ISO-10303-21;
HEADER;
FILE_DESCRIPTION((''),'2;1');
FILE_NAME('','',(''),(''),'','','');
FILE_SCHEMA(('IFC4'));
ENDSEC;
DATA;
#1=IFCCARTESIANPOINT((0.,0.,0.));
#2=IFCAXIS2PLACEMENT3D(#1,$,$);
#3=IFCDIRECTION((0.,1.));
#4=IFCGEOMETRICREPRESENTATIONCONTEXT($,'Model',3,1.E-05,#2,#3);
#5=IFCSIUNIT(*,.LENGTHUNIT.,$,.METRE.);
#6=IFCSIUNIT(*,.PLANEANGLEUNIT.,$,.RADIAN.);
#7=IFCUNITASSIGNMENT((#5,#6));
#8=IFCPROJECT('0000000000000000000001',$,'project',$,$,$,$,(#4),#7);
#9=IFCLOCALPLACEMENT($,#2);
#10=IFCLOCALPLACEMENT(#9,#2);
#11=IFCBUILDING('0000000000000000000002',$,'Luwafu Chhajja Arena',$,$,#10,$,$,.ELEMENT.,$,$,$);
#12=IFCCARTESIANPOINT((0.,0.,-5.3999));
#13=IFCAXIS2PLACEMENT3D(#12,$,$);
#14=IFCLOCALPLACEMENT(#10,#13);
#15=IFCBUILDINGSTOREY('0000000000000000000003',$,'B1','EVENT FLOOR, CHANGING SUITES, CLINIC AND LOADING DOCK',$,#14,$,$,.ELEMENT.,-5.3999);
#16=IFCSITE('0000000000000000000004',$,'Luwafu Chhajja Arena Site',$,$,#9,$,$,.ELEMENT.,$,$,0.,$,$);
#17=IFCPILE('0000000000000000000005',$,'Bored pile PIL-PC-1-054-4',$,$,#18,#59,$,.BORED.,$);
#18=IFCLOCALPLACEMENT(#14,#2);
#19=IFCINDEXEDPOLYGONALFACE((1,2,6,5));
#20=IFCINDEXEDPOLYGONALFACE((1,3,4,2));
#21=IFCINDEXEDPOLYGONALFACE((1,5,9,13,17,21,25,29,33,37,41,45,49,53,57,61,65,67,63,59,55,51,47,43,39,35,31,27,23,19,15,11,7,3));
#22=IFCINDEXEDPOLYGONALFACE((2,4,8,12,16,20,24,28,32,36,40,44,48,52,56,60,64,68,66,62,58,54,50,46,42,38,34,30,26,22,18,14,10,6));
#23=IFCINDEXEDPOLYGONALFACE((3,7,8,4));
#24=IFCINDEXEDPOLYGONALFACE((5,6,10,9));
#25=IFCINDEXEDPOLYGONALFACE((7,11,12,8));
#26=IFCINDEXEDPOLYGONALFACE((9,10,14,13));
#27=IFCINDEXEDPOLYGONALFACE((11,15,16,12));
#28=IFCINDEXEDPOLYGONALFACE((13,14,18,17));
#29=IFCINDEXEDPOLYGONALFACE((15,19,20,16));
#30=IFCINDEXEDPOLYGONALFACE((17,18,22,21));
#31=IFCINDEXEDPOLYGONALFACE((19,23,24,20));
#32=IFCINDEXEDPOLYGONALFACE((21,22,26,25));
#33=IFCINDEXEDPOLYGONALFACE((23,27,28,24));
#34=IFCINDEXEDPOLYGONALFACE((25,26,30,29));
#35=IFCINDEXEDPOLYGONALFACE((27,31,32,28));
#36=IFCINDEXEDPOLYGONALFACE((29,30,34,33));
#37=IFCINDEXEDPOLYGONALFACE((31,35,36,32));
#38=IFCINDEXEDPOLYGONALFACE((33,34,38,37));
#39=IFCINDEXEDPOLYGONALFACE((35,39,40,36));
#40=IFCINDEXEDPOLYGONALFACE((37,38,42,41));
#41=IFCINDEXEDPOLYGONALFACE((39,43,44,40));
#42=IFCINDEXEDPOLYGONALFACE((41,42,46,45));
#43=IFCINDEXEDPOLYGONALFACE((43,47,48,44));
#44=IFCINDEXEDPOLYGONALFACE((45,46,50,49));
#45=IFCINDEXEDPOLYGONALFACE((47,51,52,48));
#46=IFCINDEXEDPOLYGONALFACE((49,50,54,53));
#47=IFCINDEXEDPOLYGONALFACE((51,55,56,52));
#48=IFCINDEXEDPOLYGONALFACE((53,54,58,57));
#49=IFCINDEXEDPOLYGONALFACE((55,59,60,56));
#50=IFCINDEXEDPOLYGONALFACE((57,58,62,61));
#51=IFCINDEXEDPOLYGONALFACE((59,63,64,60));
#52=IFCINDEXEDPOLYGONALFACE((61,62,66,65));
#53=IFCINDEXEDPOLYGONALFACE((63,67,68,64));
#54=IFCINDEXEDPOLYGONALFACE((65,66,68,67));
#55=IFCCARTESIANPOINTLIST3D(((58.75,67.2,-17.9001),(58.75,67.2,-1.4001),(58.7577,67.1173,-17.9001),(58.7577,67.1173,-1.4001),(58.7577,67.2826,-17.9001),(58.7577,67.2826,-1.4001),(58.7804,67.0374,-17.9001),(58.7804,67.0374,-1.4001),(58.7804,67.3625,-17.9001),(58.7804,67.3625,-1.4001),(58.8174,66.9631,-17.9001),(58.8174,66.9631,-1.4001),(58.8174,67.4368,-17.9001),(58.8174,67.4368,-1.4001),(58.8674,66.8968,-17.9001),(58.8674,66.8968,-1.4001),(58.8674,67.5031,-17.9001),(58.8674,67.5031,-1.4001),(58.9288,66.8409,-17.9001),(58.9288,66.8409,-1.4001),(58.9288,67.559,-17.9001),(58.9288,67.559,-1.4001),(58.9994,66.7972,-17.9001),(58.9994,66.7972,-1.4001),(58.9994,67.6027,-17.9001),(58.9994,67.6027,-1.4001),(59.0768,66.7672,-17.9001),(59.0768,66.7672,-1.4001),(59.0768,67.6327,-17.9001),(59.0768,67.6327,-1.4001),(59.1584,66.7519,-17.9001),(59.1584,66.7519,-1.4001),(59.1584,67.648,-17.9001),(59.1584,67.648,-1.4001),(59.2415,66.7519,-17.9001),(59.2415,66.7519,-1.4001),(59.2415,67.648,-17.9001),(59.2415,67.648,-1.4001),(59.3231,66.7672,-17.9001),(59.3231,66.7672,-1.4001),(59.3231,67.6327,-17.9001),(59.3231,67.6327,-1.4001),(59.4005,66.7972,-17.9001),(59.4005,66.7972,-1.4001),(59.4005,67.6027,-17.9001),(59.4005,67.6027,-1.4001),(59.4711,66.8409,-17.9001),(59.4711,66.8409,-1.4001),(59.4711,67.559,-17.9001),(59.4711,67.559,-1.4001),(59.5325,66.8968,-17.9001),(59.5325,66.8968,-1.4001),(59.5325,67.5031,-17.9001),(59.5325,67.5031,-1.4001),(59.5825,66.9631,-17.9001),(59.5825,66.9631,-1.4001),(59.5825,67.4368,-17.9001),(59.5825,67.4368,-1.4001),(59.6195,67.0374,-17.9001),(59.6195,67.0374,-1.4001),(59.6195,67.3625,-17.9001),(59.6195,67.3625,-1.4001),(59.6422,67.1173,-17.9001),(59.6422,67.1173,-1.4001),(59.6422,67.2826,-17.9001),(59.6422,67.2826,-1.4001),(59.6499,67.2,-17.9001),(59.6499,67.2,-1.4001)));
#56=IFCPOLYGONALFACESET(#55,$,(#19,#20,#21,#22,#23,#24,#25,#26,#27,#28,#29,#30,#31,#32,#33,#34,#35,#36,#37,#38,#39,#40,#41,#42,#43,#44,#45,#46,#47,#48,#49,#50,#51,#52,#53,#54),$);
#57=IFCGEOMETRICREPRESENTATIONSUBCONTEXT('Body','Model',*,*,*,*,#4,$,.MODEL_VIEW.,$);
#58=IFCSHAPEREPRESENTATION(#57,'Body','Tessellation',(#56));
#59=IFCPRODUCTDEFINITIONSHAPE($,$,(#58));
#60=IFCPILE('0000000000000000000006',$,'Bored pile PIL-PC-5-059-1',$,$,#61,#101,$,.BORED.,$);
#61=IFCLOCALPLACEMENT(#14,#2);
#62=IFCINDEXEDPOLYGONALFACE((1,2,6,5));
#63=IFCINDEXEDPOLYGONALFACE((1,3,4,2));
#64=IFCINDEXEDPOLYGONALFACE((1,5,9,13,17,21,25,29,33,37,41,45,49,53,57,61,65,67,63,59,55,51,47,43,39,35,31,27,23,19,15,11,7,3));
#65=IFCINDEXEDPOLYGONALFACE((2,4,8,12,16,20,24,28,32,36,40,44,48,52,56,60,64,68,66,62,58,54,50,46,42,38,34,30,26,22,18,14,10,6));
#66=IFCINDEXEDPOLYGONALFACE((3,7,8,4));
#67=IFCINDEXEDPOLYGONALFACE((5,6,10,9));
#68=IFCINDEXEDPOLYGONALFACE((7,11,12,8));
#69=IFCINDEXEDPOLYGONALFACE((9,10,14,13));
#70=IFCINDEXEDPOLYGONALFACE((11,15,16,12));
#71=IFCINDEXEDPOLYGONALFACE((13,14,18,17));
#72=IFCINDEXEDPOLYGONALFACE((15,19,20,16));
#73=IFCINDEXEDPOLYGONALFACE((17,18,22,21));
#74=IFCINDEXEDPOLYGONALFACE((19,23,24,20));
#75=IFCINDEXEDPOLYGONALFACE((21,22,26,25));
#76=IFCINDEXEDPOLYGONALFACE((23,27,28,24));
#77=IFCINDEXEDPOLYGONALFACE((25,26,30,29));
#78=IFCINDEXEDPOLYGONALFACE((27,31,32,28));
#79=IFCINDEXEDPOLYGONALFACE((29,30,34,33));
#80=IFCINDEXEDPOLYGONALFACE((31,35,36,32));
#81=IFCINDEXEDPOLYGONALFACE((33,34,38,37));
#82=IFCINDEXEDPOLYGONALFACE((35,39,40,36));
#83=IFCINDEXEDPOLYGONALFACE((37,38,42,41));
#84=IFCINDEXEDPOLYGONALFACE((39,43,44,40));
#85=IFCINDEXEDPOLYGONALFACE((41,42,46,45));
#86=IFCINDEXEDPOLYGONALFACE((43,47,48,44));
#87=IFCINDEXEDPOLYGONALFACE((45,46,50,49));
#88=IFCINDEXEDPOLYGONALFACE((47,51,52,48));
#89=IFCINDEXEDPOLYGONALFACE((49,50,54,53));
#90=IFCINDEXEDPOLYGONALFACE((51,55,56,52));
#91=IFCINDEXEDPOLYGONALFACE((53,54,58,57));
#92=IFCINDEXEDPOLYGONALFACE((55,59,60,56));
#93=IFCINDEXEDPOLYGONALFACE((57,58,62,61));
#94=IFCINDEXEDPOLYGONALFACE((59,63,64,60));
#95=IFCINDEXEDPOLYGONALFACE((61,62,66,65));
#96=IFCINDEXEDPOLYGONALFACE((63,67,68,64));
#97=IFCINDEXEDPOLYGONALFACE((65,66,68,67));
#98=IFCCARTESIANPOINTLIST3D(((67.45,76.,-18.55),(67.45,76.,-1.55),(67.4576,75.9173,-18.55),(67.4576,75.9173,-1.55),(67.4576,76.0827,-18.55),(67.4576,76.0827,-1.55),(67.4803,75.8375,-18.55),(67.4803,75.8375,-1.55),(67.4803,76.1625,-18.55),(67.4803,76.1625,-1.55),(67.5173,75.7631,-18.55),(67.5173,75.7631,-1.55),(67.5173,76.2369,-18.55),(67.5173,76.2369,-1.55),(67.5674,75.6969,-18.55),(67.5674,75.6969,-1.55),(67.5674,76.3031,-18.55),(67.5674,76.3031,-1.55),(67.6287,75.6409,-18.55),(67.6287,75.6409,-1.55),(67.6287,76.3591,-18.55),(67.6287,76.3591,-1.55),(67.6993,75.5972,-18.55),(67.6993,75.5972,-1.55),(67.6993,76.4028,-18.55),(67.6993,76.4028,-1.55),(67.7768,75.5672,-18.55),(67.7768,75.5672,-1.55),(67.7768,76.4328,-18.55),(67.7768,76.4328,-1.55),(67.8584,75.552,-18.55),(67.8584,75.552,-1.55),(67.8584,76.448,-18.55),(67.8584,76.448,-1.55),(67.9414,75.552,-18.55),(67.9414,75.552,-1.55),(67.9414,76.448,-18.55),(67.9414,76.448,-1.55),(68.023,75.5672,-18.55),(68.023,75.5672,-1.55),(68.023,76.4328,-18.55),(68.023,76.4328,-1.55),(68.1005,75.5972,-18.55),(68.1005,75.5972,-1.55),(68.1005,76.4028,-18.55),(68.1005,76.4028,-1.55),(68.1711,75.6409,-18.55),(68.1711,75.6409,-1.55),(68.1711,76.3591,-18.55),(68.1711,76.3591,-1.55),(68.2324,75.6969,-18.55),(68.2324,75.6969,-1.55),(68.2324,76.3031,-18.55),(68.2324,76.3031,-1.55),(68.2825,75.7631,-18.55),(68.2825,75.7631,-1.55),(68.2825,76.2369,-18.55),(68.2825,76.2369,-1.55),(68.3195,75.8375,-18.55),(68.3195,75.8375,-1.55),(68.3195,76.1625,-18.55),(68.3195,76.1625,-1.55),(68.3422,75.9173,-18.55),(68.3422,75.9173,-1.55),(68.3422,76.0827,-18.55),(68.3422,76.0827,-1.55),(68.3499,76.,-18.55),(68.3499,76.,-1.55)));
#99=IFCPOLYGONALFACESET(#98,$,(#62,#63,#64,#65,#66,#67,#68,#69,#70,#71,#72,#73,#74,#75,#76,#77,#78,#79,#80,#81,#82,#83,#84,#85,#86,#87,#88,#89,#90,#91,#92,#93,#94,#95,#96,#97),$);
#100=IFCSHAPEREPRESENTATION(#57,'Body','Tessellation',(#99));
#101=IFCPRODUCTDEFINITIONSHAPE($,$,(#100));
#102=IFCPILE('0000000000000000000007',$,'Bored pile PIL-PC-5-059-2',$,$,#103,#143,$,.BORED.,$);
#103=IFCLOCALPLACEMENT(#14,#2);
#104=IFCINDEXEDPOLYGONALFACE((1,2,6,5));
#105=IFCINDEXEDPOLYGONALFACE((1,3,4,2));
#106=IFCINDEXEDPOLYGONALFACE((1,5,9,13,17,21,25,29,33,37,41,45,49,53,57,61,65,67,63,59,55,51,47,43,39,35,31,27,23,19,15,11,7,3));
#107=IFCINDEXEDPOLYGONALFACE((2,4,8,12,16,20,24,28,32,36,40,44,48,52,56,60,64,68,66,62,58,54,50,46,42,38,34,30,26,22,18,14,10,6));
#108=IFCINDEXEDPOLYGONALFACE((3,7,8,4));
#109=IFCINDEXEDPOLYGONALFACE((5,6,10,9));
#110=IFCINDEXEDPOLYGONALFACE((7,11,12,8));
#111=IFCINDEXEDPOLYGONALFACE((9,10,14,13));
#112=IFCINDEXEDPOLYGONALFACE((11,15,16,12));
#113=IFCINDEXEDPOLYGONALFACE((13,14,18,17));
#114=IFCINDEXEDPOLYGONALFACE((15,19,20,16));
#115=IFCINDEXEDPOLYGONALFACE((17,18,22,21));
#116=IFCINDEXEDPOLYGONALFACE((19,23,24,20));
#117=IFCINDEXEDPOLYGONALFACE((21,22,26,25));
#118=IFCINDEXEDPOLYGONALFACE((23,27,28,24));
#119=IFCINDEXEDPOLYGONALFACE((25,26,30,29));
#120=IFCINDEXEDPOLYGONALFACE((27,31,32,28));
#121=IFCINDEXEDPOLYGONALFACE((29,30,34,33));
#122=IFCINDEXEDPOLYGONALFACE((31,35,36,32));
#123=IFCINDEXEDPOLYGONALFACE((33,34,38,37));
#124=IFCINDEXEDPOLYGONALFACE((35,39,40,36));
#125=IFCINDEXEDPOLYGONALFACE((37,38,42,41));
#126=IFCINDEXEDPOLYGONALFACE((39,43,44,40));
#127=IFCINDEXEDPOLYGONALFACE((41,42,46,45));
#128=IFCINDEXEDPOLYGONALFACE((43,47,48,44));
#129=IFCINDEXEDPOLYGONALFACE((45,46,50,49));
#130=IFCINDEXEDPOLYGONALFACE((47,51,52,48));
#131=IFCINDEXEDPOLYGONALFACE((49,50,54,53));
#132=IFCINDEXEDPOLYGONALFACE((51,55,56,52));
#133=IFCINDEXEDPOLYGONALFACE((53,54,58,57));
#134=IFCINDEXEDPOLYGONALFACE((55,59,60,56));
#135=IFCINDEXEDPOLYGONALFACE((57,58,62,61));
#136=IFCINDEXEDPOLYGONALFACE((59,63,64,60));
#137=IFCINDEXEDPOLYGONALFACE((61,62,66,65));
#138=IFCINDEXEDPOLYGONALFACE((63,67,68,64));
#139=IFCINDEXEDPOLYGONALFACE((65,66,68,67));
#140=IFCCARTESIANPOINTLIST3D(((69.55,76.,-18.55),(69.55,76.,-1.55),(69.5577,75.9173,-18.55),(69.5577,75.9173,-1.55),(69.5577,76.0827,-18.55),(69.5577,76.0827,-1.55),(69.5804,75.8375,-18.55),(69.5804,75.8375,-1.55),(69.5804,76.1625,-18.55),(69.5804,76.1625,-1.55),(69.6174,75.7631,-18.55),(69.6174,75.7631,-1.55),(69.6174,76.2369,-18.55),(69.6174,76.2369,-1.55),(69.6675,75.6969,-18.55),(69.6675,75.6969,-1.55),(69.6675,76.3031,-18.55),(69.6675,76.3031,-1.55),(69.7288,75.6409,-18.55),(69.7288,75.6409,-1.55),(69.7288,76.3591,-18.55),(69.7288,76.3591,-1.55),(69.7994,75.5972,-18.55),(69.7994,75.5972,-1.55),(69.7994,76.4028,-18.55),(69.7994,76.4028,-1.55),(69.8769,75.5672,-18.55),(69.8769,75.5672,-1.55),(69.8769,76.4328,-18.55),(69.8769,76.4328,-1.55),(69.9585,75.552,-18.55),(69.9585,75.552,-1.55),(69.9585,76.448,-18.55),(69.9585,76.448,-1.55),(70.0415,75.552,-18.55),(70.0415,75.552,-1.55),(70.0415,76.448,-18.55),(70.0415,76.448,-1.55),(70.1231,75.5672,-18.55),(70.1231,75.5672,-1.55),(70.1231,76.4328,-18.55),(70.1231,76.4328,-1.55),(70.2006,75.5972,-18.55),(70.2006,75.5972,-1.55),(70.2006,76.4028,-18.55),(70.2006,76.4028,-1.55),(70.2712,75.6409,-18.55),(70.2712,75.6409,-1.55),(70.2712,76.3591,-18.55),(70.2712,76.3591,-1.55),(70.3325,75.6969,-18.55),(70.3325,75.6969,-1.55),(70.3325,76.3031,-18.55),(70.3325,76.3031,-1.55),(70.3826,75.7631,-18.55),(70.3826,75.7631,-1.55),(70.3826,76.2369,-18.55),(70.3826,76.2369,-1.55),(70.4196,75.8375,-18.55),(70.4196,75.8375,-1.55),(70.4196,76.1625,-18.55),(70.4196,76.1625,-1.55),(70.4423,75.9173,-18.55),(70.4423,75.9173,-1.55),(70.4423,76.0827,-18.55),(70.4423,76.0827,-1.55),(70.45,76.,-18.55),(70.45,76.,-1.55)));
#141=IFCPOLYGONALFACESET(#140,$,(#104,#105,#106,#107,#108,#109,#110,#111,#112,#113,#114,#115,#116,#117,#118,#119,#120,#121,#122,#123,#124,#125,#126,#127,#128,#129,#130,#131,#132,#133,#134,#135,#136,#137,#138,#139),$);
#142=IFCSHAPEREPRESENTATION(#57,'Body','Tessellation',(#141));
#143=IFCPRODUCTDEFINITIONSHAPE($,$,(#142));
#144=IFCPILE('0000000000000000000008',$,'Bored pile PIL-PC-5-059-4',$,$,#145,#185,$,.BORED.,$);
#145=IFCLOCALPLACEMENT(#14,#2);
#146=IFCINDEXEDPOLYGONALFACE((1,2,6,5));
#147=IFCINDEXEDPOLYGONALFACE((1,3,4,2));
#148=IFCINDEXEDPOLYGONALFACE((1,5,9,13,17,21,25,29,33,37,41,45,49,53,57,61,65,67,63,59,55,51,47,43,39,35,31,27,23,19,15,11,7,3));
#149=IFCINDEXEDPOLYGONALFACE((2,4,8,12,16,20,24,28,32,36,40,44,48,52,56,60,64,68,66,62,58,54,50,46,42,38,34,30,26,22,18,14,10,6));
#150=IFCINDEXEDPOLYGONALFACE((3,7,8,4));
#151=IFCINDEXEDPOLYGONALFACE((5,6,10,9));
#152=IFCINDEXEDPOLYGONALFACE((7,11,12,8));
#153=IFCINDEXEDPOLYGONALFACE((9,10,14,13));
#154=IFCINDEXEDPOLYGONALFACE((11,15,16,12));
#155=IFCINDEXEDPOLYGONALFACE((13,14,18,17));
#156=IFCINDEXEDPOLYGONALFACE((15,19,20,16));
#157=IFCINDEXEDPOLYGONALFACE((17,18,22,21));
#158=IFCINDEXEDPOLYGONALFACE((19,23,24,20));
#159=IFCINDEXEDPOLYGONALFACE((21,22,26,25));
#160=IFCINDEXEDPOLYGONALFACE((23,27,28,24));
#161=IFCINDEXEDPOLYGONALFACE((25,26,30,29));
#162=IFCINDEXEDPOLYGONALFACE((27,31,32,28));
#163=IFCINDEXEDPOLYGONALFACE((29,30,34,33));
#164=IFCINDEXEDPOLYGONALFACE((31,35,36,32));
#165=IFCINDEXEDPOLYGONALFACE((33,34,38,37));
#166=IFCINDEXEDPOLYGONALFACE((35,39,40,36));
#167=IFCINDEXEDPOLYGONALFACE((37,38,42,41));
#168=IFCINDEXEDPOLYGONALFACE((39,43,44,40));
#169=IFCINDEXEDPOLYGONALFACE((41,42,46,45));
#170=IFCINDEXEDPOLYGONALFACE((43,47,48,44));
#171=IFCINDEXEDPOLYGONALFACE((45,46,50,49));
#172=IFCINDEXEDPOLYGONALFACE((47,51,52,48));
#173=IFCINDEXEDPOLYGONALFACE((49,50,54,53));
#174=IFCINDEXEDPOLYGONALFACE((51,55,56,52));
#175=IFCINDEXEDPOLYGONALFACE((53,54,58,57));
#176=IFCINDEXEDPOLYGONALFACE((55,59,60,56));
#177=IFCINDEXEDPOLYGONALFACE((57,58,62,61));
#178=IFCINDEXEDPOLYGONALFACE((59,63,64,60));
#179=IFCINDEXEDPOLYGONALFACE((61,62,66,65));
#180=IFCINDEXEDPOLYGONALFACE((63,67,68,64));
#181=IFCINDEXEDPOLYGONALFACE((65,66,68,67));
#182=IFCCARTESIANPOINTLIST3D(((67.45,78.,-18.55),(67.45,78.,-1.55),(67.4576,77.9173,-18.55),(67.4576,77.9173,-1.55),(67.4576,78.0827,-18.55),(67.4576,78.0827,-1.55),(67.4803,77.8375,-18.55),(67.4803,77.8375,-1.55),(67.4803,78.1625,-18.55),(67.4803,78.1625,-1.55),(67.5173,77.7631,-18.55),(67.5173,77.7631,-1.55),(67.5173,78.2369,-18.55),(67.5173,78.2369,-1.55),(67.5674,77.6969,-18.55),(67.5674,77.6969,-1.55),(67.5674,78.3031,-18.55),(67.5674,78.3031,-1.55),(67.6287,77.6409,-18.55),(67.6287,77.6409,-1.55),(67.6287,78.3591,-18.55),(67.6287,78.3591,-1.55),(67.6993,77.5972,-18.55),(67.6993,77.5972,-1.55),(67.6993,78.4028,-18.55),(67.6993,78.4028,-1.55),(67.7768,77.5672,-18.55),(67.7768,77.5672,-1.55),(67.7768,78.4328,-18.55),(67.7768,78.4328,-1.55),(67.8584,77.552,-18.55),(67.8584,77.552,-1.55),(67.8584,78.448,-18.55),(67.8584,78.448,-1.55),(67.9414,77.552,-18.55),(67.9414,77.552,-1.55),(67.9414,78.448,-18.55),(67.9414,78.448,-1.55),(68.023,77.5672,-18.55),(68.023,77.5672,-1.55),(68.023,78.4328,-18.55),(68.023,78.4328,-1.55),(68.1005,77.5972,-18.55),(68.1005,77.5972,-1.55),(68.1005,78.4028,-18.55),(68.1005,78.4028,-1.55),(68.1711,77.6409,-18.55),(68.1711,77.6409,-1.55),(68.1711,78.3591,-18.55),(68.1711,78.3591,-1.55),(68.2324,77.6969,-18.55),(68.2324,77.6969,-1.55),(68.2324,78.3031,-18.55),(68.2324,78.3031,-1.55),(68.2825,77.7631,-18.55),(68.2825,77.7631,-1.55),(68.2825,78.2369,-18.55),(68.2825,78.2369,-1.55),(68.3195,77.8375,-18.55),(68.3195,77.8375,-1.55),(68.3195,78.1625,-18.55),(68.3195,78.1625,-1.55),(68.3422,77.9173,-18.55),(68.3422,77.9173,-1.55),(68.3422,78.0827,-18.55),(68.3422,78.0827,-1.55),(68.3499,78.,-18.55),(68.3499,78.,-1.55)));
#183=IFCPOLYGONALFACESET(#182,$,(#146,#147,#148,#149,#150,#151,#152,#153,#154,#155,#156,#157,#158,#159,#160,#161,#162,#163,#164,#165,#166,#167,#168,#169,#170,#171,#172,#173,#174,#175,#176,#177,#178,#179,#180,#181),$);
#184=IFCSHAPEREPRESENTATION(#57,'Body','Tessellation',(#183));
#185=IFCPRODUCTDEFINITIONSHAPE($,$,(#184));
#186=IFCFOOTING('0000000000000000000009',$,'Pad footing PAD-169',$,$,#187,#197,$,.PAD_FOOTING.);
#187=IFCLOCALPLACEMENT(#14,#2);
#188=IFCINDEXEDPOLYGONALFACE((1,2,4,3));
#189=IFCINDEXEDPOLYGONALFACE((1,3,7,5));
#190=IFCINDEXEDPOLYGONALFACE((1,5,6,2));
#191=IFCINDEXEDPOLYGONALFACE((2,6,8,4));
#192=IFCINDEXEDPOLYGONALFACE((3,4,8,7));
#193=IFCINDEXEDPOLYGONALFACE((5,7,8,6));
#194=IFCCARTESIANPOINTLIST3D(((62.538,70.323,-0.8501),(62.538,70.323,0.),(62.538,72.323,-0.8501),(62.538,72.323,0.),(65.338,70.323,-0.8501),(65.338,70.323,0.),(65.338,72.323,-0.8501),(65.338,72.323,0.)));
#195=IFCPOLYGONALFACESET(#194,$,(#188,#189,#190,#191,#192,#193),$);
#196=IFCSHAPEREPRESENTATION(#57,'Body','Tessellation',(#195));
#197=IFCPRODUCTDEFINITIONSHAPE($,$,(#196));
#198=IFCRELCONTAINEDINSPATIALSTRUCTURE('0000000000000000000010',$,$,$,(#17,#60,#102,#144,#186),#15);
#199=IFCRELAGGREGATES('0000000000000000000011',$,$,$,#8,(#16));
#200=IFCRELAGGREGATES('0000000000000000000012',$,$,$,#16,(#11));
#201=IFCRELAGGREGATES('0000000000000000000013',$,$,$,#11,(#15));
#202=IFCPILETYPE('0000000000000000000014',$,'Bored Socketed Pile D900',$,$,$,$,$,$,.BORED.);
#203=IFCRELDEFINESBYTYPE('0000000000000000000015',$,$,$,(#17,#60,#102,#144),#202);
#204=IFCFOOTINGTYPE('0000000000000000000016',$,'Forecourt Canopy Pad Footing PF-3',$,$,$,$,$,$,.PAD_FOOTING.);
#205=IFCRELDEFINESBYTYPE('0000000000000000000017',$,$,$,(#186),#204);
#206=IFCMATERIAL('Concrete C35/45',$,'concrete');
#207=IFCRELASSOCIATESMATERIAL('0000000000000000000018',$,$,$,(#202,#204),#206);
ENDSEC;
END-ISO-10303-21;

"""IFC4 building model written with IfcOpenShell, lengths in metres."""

from ifc_helpers import new_model, si_unit, direction, frame, origin, origin_2d, place, context, subcontext, project, spatial, rectangle, circle, extrude, material, material_profile, profile_set, type_object, element, save


model = new_model("IFC4")

# Units and contexts
model_context = context("Model", 3, precision=1e-05, world=origin(), true_north=direction((0.0, 1.0)))
body_context = subcontext(model_context, "Body", "Model", "MODEL_VIEW")
ifc_project = project(units=[si_unit("LENGTHUNIT", "METRE"), si_unit("PLANEANGLEUNIT", "RADIAN")], contexts=[model_context])

# Site, building, storey
site_placement = place(None, origin())
site = spatial("IfcSite", under=ifc_project, at=site_placement, Name="Luwafu Chhajja Arena Site", CompositionType="ELEMENT", RefElevation=0.0)
building_placement = place(site_placement, origin())
building = spatial("IfcBuilding", under=site, at=building_placement, Name="Luwafu Chhajja Arena", CompositionType="ELEMENT")
storey_placement = place(building_placement, frame((0.0, 0.0, -5.3999)))
storey = spatial("IfcBuildingStorey", under=building, at=storey_placement, Name="B1", Description="EVENT FLOOR, CHANGING SUITES, CLINIC AND LOADING DOCK", CompositionType="ELEMENT", Elevation=-5.3999)

# Shared definitions
ifc_material_1 = material(Name="Concrete C35/45", Category="concrete")

# Piles
ifc_material_profile_1 = material_profile(ifc_material_1, circle(Radius=0.45, at=origin_2d()), Name="PILE D900")
ifc_profile_set_1 = profile_set([ifc_material_profile_1], Name="Concrete C35/45")
pile_type_1 = type_object("IfcPileType", Name="Bored Socketed Pile D900", PredefinedType="BORED", material=ifc_profile_set_1)
for number, where, z_axis, x_axis, name in (
    (1, (59.2, 67.2, -1.4001), (0.0, 0.0, -1.0), (1.0, 0.0, 0.0), "Bored pile PIL-PC-1-054-4"),
):
    element("IfcPile", number, at=place(storey_placement, frame(where, z_axis=z_axis, x_axis=x_axis)), inside=storey, type_object=pile_type_1, Name=name, PredefinedType="BORED", context=body_context, shape_type="SweptSolid", body=[
        extrude(circle(Radius=0.45, at=origin_2d()), origin(), (0.0, 0.0, 1.0), 16.5),
    ])
for number, where, z_axis, x_axis, name in (
    (2, (67.8999, 76.0, -1.55), (0.0, 0.0, -1.0), (1.0, 0.0, 0.0), "Bored pile PIL-PC-5-059-1"),
    (3, (70.0, 76.0, -1.55), (0.0, 0.0, -1.0), (1.0, 0.0, 0.0), "Bored pile PIL-PC-5-059-2"),
    (4, (67.8999, 78.0, -1.55), (0.0, 0.0, -1.0), (1.0, 0.0, 0.0), "Bored pile PIL-PC-5-059-4"),
):
    element("IfcPile", number, at=place(storey_placement, frame(where, z_axis=z_axis, x_axis=x_axis)), inside=storey, type_object=pile_type_1, Name=name, PredefinedType="BORED", context=body_context, shape_type="SweptSolid", body=[
        extrude(circle(Radius=0.45, at=origin_2d()), origin(), (0.0, 0.0, 1.0), 17.0),
    ])

# Footing
footing_type_1 = type_object("IfcFootingType", Name="Forecourt Canopy Pad Footing PF-3", PredefinedType="PAD_FOOTING", material=ifc_material_1)
footing_1_placement = place(storey_placement, frame((63.938, 71.323, -0.8501), z_axis=(0.0, 0.0, 1.0), x_axis=(1.0, 0.0, 0.0)))
element("IfcFooting", 5, at=footing_1_placement, inside=storey, type_object=footing_type_1, Name="Pad footing PAD-169", PredefinedType="PAD_FOOTING", context=body_context, shape_type="SweptSolid", body=[
    extrude(rectangle(XDim=2.8, YDim=2.0, at=origin_2d()), origin(), (0.0, 0.0, 1.0), 0.8501),
])

save(model, "model.ifc")
